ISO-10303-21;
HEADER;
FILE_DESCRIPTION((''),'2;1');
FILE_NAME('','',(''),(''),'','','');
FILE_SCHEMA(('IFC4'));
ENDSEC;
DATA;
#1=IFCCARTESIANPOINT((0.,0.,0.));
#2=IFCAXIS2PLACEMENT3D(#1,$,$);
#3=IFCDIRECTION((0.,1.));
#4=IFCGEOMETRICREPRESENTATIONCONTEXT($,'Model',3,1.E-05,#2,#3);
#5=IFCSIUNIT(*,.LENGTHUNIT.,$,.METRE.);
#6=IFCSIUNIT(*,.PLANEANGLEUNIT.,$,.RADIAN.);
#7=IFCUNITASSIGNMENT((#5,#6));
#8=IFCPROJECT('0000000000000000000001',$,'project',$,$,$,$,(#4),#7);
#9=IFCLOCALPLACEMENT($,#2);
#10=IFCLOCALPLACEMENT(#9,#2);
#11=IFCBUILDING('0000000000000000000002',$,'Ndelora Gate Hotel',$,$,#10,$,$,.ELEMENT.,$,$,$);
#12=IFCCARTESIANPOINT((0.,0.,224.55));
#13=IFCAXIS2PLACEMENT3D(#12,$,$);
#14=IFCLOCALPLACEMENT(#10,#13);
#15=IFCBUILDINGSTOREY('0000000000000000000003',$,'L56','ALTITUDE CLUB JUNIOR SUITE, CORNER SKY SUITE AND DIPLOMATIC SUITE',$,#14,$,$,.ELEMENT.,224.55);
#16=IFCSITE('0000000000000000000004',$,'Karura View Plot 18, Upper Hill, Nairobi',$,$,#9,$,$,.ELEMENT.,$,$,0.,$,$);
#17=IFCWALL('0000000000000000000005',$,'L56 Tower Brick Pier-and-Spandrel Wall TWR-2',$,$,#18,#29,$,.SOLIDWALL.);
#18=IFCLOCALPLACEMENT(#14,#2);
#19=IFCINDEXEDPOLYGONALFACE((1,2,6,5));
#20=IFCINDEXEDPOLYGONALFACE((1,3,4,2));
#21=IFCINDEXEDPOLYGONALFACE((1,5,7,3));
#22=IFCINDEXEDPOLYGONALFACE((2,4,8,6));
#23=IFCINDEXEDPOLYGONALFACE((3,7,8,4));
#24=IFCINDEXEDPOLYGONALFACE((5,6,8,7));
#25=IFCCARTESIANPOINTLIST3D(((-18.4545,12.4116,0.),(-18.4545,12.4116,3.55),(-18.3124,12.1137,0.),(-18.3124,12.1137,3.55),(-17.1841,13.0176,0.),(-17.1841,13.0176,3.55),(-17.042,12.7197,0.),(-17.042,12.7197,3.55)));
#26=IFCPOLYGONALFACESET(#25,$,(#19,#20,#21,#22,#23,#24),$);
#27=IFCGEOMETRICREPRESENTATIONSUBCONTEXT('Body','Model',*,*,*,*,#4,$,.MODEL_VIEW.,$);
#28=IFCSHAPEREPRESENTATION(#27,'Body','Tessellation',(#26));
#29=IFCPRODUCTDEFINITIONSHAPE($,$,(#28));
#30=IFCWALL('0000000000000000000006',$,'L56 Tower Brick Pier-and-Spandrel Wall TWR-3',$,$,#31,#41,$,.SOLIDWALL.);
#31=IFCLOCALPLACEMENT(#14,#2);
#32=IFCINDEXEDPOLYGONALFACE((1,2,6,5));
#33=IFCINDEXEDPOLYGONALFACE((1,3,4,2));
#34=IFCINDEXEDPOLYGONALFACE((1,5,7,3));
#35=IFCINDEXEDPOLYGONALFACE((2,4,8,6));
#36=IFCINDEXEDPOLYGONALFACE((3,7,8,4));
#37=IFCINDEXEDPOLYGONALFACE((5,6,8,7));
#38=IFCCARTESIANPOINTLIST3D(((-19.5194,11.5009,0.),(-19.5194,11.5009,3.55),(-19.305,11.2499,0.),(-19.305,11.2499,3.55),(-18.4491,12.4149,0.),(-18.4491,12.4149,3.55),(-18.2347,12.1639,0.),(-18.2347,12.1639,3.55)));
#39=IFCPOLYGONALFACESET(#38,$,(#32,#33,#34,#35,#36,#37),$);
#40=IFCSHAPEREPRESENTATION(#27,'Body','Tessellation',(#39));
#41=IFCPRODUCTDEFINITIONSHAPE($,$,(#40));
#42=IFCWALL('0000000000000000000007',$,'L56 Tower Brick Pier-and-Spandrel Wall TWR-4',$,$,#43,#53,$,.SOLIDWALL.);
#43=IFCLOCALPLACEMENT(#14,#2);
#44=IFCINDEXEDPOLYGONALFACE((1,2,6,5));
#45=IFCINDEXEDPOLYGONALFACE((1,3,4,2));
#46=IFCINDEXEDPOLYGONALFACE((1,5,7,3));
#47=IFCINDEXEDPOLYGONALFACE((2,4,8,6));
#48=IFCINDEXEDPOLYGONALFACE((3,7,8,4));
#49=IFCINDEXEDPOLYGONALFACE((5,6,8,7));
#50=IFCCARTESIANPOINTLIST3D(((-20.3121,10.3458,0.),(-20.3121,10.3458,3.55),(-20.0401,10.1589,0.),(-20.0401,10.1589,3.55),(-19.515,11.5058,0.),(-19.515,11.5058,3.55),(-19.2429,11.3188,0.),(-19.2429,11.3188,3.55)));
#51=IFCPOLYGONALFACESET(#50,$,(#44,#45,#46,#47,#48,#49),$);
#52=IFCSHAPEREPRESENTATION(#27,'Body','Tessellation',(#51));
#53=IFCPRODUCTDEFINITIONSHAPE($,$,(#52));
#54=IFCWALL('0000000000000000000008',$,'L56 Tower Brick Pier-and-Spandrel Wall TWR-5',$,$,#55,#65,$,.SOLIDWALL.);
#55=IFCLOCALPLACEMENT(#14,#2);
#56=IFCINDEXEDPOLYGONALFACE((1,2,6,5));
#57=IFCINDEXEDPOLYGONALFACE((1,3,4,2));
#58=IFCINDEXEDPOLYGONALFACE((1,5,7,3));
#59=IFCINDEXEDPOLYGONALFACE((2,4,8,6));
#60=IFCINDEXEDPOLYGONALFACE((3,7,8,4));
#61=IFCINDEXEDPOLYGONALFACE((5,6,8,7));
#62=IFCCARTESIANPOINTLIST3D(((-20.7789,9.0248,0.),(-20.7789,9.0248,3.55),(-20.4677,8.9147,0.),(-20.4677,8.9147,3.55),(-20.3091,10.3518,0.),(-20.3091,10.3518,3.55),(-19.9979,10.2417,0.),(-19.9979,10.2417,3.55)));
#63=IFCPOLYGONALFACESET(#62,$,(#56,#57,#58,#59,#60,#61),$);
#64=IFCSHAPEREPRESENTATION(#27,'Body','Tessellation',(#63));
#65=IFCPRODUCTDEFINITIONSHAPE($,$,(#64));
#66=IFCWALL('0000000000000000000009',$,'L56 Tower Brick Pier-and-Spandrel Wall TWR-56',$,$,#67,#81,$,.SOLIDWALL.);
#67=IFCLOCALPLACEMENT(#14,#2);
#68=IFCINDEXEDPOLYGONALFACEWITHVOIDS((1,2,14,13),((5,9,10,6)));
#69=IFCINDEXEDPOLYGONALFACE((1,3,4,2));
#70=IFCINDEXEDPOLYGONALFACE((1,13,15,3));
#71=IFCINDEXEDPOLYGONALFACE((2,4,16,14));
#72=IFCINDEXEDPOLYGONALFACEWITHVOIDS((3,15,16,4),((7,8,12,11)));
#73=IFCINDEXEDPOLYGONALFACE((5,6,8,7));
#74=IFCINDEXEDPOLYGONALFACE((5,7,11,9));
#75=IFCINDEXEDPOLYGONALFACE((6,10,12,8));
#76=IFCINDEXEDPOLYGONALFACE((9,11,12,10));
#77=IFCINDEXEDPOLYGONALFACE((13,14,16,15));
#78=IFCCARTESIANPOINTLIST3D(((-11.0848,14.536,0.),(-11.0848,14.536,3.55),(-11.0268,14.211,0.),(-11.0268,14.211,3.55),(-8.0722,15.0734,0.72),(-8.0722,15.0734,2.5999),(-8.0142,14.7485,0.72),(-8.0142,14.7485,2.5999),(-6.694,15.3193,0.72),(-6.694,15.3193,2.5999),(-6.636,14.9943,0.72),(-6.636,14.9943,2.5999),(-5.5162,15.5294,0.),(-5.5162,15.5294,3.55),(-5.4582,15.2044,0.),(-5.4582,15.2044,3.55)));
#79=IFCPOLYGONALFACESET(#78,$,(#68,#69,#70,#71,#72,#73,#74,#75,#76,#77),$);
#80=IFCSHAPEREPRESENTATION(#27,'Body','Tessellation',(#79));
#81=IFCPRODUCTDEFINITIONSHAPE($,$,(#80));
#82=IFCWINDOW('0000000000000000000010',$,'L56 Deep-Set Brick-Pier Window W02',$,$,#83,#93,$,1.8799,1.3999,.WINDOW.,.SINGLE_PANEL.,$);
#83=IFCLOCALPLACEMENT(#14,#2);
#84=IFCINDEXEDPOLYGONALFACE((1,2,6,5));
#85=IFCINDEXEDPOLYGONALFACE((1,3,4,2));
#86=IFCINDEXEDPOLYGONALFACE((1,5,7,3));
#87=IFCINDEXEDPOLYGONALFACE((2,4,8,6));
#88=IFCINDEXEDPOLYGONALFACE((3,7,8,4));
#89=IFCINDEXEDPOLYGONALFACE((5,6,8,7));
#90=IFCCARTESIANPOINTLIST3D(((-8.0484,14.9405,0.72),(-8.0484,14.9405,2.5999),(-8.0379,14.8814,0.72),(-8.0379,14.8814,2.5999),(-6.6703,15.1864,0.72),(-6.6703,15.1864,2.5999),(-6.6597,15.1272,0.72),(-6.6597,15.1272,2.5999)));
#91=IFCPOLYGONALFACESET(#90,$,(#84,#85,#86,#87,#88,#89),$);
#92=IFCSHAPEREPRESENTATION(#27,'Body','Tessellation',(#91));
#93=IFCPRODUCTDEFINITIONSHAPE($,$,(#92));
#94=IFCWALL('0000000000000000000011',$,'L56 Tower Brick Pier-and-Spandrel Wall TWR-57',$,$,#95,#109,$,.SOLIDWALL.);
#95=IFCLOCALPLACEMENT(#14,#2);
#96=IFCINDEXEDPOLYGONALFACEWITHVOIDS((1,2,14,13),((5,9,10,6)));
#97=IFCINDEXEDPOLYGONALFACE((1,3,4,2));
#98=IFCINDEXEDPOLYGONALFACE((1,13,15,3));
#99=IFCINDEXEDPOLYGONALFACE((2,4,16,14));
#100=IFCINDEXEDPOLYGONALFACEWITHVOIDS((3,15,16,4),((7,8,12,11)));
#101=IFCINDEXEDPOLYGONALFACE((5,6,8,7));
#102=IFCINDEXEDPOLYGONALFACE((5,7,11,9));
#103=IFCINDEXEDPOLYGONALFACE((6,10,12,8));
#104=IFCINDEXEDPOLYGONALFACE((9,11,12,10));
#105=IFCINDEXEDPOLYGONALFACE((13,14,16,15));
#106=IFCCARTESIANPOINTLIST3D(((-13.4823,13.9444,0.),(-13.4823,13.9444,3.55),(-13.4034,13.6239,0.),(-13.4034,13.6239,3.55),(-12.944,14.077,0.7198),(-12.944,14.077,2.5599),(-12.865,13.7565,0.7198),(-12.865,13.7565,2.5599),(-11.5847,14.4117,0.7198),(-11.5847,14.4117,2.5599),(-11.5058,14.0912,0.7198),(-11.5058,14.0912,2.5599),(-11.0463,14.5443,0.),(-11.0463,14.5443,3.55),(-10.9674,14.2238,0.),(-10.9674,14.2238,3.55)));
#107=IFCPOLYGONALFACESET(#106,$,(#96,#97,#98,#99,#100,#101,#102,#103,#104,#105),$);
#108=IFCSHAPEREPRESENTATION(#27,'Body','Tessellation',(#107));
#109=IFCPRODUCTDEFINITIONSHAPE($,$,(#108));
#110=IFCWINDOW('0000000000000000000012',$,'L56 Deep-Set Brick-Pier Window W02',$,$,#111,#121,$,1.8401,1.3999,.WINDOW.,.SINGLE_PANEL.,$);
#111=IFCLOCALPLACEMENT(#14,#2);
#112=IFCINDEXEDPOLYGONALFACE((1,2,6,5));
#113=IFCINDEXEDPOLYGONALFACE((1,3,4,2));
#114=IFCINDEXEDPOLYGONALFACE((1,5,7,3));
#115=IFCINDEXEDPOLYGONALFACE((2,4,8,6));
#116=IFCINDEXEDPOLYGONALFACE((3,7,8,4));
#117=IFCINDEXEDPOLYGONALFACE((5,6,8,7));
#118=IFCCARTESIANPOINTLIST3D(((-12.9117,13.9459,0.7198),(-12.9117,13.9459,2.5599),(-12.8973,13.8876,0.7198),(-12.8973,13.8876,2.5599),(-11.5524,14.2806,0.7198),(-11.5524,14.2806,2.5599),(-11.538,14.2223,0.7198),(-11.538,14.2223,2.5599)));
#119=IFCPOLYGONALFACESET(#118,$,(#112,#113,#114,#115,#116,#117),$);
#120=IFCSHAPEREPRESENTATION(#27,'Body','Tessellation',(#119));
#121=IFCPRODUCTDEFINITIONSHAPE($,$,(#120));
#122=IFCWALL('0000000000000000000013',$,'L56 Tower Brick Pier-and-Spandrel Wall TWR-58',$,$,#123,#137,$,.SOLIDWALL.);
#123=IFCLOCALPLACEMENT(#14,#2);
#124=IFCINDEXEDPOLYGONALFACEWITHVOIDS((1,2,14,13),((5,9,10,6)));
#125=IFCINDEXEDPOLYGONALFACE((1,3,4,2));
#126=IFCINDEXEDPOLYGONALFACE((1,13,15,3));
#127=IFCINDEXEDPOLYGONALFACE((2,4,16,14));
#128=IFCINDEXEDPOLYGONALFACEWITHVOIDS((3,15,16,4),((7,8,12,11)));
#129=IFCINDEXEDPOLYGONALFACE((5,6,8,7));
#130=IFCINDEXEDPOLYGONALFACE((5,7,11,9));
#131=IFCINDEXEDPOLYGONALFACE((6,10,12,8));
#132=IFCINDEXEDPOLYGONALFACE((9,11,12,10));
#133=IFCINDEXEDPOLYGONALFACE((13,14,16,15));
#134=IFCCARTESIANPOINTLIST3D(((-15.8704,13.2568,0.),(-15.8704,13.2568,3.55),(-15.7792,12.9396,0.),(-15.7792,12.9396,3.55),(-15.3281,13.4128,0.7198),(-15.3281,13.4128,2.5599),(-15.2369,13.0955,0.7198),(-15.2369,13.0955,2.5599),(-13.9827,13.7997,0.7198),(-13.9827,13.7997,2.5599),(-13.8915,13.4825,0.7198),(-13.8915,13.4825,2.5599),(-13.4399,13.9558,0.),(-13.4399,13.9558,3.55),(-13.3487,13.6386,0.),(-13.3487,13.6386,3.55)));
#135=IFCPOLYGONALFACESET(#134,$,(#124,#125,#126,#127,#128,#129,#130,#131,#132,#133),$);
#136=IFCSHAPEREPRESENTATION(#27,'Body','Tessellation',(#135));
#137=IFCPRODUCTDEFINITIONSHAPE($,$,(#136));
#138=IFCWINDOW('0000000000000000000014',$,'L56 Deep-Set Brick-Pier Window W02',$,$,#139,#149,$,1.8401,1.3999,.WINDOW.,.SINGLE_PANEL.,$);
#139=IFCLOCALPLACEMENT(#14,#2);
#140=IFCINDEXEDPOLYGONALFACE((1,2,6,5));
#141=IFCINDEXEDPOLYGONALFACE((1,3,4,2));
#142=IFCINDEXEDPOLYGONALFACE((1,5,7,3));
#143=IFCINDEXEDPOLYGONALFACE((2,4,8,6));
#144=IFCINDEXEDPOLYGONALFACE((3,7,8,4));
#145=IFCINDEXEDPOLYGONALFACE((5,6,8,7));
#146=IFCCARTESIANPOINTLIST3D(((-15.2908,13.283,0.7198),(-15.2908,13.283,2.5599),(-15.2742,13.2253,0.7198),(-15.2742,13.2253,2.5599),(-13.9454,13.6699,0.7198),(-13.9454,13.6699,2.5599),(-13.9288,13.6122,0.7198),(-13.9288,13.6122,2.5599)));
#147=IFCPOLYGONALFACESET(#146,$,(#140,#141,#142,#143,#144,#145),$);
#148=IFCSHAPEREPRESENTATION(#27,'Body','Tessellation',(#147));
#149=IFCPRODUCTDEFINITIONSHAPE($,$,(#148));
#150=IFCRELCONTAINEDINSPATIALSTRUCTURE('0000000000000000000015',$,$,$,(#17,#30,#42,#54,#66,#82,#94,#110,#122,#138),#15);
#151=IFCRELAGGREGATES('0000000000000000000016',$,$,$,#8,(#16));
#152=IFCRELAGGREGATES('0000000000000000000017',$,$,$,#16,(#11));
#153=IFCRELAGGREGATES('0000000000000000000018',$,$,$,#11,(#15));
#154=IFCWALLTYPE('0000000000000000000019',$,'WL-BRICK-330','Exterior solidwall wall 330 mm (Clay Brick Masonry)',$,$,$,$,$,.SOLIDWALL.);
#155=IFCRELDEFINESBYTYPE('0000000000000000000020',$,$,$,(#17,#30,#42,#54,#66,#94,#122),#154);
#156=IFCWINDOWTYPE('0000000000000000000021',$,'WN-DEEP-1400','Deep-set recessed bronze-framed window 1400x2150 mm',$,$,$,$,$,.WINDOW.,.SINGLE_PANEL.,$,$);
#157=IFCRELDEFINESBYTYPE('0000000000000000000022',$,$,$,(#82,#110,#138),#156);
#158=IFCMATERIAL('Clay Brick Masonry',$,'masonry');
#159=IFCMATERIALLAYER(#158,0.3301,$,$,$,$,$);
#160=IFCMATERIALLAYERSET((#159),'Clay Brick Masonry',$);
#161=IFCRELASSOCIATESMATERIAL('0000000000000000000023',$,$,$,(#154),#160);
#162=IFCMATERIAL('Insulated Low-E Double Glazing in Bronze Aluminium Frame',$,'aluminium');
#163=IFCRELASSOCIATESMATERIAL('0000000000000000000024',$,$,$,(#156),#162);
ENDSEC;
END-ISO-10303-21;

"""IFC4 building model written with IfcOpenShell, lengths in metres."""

from ifc_helpers import new_model, si_unit, direction, frame, frame_2d, origin, place, context, subcontext, project, spatial, rectangle, extrude, material, layer, layer_set, type_object, element, fill, save


model = new_model("IFC4")

# Units and contexts
model_context = context("Model", 3, precision=1e-05, world=origin(), true_north=direction((0.0, 1.0)))
body_context = subcontext(model_context, "Body", "Model", "MODEL_VIEW")
ifc_project = project(units=[si_unit("LENGTHUNIT", "METRE"), si_unit("PLANEANGLEUNIT", "RADIAN")], contexts=[model_context])

# Site, building, storey
site_placement = place(None, origin())
site = spatial("IfcSite", under=ifc_project, at=site_placement, Name="Karura View Plot 18, Upper Hill, Nairobi", CompositionType="ELEMENT", RefElevation=0.0)
building_placement = place(site_placement, origin())
building = spatial("IfcBuilding", under=site, at=building_placement, Name="Ndelora Gate Hotel", CompositionType="ELEMENT")
storey_placement = place(building_placement, frame((0.0, 0.0, 224.55)))
storey = spatial("IfcBuildingStorey", under=building, at=storey_placement, Name="L56", Description="ALTITUDE CLUB JUNIOR SUITE, CORNER SKY SUITE AND DIPLOMATIC SUITE", CompositionType="ELEMENT", Elevation=224.55)

# Walls
ifc_material_1 = material(Name="Clay Brick Masonry", Category="masonry")
ifc_layer_1 = layer(ifc_material_1, 0.3301)
ifc_layer_set_1 = layer_set([ifc_layer_1], Name="Clay Brick Masonry")
wall_type_1 = type_object("IfcWallType", Name="WL-BRICK-330", Description="Exterior solidwall wall 330 mm (Clay Brick Masonry)", PredefinedType="SOLIDWALL", material=ifc_layer_set_1)
for number, where, z_axis, x_axis, name in (
    (1, (-18.3833, 12.2627, 0.0), (0.0, 0.0, 1.0), (0.902565, 0.430553, 0.0), "L56 Tower Brick Pier-and-Spandrel Wall TWR-2"),
    (2, (-19.4121, 11.3755, 0.0), (0.0, 0.0, 1.0), (0.760431, 0.649419, 0.0), "L56 Tower Brick Pier-and-Spandrel Wall TWR-3"),
    (3, (-20.176, 10.2524, 0.0), (0.0, 0.0, 1.0), (0.566374, 0.824148, 0.0), "L56 Tower Brick Pier-and-Spandrel Wall TWR-4"),
):
    element("IfcWall", number, at=place(storey_placement, frame(where, z_axis=z_axis, x_axis=x_axis)), inside=storey, type_object=wall_type_1, Name=name, PredefinedType="SOLIDWALL", context=body_context, shape_type="SweptSolid", body=[
        extrude(rectangle(XDim=1.4075, YDim=0.3301, at=frame_2d((0.7036, 0.0))), origin(), (0.0, 0.0, 1.0), 3.55),
    ])
wall_1_placement = place(storey_placement, frame((-20.6233, 8.9697, 0.0), z_axis=(0.0, 0.0, 1.0), x_axis=(0.333709, 0.942676, 0.0)))
element("IfcWall", 4, at=wall_1_placement, inside=storey, type_object=wall_type_1, Name="L56 Tower Brick Pier-and-Spandrel Wall TWR-5", PredefinedType="SOLIDWALL", context=body_context, shape_type="SweptSolid", body=[
    extrude(rectangle(XDim=1.4077, YDim=0.3301, at=frame_2d((0.7039, 0.0))), origin(), (0.0, 0.0, 1.0), 3.55),
])

# Walls, openings, windows
wall_2_placement = place(storey_placement, frame((-11.0557, 14.3735, 0.0), z_axis=(0.0, 0.0, 1.0), x_axis=(0.984458, 0.175622, 0.0)))
wall_2 = element("IfcWall", 5, at=wall_2_placement, inside=storey, type_object=wall_type_1, Name="L56 Tower Brick Pier-and-Spandrel Wall TWR-56", PredefinedType="SOLIDWALL", context=body_context, shape_type="SweptSolid", body=[
    extrude(rectangle(XDim=5.6565, YDim=0.3301, at=frame_2d((2.8281, 0.0))), origin(), (0.0, 0.0, 1.0), 3.55),
])
opening_1_placement = place(wall_2_placement, frame((3.0601, 0.0, 0.72)))
opening_1 = element("IfcOpeningElement", 6, at=opening_1_placement, cuts=wall_2, PredefinedType="OPENING", context=body_context, shape_type="SweptSolid", body=[
    extrude(rectangle(XDim=1.3999, YDim=1.8799, at=frame_2d((0.7, 0.9399))), frame((0.0, 0.175, 0.0), z_axis=(0.0, -1.0, 0.0), x_axis=(1.0, 0.0, 0.0)), (0.0, 0.0, 1.0), 0.3501),
])
ifc_material_2 = material(Name="Insulated Low-E Double Glazing in Bronze Aluminium Frame", Category="aluminium")
window_type = type_object("IfcWindowType", Name="WN-DEEP-1400", Description="Deep-set recessed bronze-framed window 1400x2150 mm", PartitioningType="SINGLE_PANEL", PredefinedType="WINDOW", material=ifc_material_2)
window_1_placement = place(opening_1_placement, origin())
window_1 = element("IfcWindow", 7, at=window_1_placement, inside=storey, type_object=window_type, Name="L56 Deep-Set Brick-Pier Window W02", OverallHeight=1.8799, OverallWidth=1.3999, PartitioningType="SINGLE_PANEL", PredefinedType="WINDOW", context=body_context, shape_type="SweptSolid", body=[
    extrude(rectangle(XDim=1.3999, YDim=1.8799, at=frame_2d((0.7, 0.9399))), frame((0.0, 0.03, 0.0), z_axis=(0.0, -1.0, 0.0), x_axis=(1.0, 0.0, 0.0)), (0.0, 0.0, 1.0), 0.0601),
])
fill(opening_1, window_1)
wall_3_placement = place(storey_placement, frame((-13.4429, 13.7842, 0.0), z_axis=(0.0, 0.0, 1.0), x_axis=(0.970995, 0.2391, 0.0)))
wall_3 = element("IfcWall", 8, at=wall_3_placement, inside=storey, type_object=wall_type_1, Name="L56 Tower Brick Pier-and-Spandrel Wall TWR-57", PredefinedType="SOLIDWALL", context=body_context, shape_type="SweptSolid", body=[
    extrude(rectangle(XDim=2.5088, YDim=0.3301, at=frame_2d((1.2544, 0.0))), origin(), (0.0, 0.0, 1.0), 3.55),
])
opening_2_placement = place(wall_3_placement, frame((0.5544, 0.0, 0.72)))
opening_2 = element("IfcOpeningElement", 9, at=opening_2_placement, cuts=wall_3, PredefinedType="OPENING", context=body_context, shape_type="SweptSolid", body=[
    extrude(rectangle(XDim=1.3999, YDim=1.8401, at=frame_2d((0.7, 0.9199))), frame((0.0, 0.175, 0.0), z_axis=(0.0, -1.0, 0.0), x_axis=(1.0, 0.0, 0.0)), (0.0, 0.0, 1.0), 0.3501),
])
window_2_placement = place(opening_2_placement, origin())
window_2 = element("IfcWindow", 10, at=window_2_placement, inside=storey, type_object=window_type, Name="L56 Deep-Set Brick-Pier Window W02", OverallHeight=1.8401, OverallWidth=1.3999, PartitioningType="SINGLE_PANEL", PredefinedType="WINDOW", context=body_context, shape_type="SweptSolid", body=[
    extrude(rectangle(XDim=1.3999, YDim=1.8401, at=frame_2d((0.7, 0.9199))), frame((0.0, 0.03, 0.0), z_axis=(0.0, -1.0, 0.0), x_axis=(1.0, 0.0, 0.0)), (0.0, 0.0, 1.0), 0.0601),
])
fill(opening_2, window_2)
wall_4_placement = place(storey_placement, frame((-15.825, 13.0981, 0.0), z_axis=(0.0, 0.0, 1.0), x_axis=(0.961045, 0.276391, 0.0)))
wall_4 = element("IfcWall", 11, at=wall_4_placement, inside=storey, type_object=wall_type_1, Name="L56 Tower Brick Pier-and-Spandrel Wall TWR-58", PredefinedType="SOLIDWALL", context=body_context, shape_type="SweptSolid", body=[
    extrude(rectangle(XDim=2.5291, YDim=0.3301, at=frame_2d((1.2646, 0.0))), origin(), (0.0, 0.0, 1.0), 3.55),
])
opening_3_placement = place(wall_4_placement, frame((0.5645, 0.0, 0.72)))
opening_3 = element("IfcOpeningElement", 12, at=opening_3_placement, cuts=wall_4, PredefinedType="OPENING", context=body_context, shape_type="SweptSolid", body=[
    extrude(rectangle(XDim=1.3999, YDim=1.8401, at=frame_2d((0.7, 0.9199))), frame((0.0, 0.175, 0.0), z_axis=(0.0, -1.0, 0.0), x_axis=(1.0, 0.0, 0.0)), (0.0, 0.0, 1.0), 0.3501),
])
window_3_placement = place(opening_3_placement, origin())
window_3 = element("IfcWindow", 13, at=window_3_placement, inside=storey, type_object=window_type, Name="L56 Deep-Set Brick-Pier Window W02", OverallHeight=1.8401, OverallWidth=1.3999, PartitioningType="SINGLE_PANEL", PredefinedType="WINDOW", context=body_context, shape_type="SweptSolid", body=[
    extrude(rectangle(XDim=1.3999, YDim=1.8401, at=frame_2d((0.7, 0.9199))), frame((0.0, 0.03, 0.0), z_axis=(0.0, -1.0, 0.0), x_axis=(1.0, 0.0, 0.0)), (0.0, 0.0, 1.0), 0.0601),
])
fill(opening_3, window_3)

save(model, "model.ifc")
